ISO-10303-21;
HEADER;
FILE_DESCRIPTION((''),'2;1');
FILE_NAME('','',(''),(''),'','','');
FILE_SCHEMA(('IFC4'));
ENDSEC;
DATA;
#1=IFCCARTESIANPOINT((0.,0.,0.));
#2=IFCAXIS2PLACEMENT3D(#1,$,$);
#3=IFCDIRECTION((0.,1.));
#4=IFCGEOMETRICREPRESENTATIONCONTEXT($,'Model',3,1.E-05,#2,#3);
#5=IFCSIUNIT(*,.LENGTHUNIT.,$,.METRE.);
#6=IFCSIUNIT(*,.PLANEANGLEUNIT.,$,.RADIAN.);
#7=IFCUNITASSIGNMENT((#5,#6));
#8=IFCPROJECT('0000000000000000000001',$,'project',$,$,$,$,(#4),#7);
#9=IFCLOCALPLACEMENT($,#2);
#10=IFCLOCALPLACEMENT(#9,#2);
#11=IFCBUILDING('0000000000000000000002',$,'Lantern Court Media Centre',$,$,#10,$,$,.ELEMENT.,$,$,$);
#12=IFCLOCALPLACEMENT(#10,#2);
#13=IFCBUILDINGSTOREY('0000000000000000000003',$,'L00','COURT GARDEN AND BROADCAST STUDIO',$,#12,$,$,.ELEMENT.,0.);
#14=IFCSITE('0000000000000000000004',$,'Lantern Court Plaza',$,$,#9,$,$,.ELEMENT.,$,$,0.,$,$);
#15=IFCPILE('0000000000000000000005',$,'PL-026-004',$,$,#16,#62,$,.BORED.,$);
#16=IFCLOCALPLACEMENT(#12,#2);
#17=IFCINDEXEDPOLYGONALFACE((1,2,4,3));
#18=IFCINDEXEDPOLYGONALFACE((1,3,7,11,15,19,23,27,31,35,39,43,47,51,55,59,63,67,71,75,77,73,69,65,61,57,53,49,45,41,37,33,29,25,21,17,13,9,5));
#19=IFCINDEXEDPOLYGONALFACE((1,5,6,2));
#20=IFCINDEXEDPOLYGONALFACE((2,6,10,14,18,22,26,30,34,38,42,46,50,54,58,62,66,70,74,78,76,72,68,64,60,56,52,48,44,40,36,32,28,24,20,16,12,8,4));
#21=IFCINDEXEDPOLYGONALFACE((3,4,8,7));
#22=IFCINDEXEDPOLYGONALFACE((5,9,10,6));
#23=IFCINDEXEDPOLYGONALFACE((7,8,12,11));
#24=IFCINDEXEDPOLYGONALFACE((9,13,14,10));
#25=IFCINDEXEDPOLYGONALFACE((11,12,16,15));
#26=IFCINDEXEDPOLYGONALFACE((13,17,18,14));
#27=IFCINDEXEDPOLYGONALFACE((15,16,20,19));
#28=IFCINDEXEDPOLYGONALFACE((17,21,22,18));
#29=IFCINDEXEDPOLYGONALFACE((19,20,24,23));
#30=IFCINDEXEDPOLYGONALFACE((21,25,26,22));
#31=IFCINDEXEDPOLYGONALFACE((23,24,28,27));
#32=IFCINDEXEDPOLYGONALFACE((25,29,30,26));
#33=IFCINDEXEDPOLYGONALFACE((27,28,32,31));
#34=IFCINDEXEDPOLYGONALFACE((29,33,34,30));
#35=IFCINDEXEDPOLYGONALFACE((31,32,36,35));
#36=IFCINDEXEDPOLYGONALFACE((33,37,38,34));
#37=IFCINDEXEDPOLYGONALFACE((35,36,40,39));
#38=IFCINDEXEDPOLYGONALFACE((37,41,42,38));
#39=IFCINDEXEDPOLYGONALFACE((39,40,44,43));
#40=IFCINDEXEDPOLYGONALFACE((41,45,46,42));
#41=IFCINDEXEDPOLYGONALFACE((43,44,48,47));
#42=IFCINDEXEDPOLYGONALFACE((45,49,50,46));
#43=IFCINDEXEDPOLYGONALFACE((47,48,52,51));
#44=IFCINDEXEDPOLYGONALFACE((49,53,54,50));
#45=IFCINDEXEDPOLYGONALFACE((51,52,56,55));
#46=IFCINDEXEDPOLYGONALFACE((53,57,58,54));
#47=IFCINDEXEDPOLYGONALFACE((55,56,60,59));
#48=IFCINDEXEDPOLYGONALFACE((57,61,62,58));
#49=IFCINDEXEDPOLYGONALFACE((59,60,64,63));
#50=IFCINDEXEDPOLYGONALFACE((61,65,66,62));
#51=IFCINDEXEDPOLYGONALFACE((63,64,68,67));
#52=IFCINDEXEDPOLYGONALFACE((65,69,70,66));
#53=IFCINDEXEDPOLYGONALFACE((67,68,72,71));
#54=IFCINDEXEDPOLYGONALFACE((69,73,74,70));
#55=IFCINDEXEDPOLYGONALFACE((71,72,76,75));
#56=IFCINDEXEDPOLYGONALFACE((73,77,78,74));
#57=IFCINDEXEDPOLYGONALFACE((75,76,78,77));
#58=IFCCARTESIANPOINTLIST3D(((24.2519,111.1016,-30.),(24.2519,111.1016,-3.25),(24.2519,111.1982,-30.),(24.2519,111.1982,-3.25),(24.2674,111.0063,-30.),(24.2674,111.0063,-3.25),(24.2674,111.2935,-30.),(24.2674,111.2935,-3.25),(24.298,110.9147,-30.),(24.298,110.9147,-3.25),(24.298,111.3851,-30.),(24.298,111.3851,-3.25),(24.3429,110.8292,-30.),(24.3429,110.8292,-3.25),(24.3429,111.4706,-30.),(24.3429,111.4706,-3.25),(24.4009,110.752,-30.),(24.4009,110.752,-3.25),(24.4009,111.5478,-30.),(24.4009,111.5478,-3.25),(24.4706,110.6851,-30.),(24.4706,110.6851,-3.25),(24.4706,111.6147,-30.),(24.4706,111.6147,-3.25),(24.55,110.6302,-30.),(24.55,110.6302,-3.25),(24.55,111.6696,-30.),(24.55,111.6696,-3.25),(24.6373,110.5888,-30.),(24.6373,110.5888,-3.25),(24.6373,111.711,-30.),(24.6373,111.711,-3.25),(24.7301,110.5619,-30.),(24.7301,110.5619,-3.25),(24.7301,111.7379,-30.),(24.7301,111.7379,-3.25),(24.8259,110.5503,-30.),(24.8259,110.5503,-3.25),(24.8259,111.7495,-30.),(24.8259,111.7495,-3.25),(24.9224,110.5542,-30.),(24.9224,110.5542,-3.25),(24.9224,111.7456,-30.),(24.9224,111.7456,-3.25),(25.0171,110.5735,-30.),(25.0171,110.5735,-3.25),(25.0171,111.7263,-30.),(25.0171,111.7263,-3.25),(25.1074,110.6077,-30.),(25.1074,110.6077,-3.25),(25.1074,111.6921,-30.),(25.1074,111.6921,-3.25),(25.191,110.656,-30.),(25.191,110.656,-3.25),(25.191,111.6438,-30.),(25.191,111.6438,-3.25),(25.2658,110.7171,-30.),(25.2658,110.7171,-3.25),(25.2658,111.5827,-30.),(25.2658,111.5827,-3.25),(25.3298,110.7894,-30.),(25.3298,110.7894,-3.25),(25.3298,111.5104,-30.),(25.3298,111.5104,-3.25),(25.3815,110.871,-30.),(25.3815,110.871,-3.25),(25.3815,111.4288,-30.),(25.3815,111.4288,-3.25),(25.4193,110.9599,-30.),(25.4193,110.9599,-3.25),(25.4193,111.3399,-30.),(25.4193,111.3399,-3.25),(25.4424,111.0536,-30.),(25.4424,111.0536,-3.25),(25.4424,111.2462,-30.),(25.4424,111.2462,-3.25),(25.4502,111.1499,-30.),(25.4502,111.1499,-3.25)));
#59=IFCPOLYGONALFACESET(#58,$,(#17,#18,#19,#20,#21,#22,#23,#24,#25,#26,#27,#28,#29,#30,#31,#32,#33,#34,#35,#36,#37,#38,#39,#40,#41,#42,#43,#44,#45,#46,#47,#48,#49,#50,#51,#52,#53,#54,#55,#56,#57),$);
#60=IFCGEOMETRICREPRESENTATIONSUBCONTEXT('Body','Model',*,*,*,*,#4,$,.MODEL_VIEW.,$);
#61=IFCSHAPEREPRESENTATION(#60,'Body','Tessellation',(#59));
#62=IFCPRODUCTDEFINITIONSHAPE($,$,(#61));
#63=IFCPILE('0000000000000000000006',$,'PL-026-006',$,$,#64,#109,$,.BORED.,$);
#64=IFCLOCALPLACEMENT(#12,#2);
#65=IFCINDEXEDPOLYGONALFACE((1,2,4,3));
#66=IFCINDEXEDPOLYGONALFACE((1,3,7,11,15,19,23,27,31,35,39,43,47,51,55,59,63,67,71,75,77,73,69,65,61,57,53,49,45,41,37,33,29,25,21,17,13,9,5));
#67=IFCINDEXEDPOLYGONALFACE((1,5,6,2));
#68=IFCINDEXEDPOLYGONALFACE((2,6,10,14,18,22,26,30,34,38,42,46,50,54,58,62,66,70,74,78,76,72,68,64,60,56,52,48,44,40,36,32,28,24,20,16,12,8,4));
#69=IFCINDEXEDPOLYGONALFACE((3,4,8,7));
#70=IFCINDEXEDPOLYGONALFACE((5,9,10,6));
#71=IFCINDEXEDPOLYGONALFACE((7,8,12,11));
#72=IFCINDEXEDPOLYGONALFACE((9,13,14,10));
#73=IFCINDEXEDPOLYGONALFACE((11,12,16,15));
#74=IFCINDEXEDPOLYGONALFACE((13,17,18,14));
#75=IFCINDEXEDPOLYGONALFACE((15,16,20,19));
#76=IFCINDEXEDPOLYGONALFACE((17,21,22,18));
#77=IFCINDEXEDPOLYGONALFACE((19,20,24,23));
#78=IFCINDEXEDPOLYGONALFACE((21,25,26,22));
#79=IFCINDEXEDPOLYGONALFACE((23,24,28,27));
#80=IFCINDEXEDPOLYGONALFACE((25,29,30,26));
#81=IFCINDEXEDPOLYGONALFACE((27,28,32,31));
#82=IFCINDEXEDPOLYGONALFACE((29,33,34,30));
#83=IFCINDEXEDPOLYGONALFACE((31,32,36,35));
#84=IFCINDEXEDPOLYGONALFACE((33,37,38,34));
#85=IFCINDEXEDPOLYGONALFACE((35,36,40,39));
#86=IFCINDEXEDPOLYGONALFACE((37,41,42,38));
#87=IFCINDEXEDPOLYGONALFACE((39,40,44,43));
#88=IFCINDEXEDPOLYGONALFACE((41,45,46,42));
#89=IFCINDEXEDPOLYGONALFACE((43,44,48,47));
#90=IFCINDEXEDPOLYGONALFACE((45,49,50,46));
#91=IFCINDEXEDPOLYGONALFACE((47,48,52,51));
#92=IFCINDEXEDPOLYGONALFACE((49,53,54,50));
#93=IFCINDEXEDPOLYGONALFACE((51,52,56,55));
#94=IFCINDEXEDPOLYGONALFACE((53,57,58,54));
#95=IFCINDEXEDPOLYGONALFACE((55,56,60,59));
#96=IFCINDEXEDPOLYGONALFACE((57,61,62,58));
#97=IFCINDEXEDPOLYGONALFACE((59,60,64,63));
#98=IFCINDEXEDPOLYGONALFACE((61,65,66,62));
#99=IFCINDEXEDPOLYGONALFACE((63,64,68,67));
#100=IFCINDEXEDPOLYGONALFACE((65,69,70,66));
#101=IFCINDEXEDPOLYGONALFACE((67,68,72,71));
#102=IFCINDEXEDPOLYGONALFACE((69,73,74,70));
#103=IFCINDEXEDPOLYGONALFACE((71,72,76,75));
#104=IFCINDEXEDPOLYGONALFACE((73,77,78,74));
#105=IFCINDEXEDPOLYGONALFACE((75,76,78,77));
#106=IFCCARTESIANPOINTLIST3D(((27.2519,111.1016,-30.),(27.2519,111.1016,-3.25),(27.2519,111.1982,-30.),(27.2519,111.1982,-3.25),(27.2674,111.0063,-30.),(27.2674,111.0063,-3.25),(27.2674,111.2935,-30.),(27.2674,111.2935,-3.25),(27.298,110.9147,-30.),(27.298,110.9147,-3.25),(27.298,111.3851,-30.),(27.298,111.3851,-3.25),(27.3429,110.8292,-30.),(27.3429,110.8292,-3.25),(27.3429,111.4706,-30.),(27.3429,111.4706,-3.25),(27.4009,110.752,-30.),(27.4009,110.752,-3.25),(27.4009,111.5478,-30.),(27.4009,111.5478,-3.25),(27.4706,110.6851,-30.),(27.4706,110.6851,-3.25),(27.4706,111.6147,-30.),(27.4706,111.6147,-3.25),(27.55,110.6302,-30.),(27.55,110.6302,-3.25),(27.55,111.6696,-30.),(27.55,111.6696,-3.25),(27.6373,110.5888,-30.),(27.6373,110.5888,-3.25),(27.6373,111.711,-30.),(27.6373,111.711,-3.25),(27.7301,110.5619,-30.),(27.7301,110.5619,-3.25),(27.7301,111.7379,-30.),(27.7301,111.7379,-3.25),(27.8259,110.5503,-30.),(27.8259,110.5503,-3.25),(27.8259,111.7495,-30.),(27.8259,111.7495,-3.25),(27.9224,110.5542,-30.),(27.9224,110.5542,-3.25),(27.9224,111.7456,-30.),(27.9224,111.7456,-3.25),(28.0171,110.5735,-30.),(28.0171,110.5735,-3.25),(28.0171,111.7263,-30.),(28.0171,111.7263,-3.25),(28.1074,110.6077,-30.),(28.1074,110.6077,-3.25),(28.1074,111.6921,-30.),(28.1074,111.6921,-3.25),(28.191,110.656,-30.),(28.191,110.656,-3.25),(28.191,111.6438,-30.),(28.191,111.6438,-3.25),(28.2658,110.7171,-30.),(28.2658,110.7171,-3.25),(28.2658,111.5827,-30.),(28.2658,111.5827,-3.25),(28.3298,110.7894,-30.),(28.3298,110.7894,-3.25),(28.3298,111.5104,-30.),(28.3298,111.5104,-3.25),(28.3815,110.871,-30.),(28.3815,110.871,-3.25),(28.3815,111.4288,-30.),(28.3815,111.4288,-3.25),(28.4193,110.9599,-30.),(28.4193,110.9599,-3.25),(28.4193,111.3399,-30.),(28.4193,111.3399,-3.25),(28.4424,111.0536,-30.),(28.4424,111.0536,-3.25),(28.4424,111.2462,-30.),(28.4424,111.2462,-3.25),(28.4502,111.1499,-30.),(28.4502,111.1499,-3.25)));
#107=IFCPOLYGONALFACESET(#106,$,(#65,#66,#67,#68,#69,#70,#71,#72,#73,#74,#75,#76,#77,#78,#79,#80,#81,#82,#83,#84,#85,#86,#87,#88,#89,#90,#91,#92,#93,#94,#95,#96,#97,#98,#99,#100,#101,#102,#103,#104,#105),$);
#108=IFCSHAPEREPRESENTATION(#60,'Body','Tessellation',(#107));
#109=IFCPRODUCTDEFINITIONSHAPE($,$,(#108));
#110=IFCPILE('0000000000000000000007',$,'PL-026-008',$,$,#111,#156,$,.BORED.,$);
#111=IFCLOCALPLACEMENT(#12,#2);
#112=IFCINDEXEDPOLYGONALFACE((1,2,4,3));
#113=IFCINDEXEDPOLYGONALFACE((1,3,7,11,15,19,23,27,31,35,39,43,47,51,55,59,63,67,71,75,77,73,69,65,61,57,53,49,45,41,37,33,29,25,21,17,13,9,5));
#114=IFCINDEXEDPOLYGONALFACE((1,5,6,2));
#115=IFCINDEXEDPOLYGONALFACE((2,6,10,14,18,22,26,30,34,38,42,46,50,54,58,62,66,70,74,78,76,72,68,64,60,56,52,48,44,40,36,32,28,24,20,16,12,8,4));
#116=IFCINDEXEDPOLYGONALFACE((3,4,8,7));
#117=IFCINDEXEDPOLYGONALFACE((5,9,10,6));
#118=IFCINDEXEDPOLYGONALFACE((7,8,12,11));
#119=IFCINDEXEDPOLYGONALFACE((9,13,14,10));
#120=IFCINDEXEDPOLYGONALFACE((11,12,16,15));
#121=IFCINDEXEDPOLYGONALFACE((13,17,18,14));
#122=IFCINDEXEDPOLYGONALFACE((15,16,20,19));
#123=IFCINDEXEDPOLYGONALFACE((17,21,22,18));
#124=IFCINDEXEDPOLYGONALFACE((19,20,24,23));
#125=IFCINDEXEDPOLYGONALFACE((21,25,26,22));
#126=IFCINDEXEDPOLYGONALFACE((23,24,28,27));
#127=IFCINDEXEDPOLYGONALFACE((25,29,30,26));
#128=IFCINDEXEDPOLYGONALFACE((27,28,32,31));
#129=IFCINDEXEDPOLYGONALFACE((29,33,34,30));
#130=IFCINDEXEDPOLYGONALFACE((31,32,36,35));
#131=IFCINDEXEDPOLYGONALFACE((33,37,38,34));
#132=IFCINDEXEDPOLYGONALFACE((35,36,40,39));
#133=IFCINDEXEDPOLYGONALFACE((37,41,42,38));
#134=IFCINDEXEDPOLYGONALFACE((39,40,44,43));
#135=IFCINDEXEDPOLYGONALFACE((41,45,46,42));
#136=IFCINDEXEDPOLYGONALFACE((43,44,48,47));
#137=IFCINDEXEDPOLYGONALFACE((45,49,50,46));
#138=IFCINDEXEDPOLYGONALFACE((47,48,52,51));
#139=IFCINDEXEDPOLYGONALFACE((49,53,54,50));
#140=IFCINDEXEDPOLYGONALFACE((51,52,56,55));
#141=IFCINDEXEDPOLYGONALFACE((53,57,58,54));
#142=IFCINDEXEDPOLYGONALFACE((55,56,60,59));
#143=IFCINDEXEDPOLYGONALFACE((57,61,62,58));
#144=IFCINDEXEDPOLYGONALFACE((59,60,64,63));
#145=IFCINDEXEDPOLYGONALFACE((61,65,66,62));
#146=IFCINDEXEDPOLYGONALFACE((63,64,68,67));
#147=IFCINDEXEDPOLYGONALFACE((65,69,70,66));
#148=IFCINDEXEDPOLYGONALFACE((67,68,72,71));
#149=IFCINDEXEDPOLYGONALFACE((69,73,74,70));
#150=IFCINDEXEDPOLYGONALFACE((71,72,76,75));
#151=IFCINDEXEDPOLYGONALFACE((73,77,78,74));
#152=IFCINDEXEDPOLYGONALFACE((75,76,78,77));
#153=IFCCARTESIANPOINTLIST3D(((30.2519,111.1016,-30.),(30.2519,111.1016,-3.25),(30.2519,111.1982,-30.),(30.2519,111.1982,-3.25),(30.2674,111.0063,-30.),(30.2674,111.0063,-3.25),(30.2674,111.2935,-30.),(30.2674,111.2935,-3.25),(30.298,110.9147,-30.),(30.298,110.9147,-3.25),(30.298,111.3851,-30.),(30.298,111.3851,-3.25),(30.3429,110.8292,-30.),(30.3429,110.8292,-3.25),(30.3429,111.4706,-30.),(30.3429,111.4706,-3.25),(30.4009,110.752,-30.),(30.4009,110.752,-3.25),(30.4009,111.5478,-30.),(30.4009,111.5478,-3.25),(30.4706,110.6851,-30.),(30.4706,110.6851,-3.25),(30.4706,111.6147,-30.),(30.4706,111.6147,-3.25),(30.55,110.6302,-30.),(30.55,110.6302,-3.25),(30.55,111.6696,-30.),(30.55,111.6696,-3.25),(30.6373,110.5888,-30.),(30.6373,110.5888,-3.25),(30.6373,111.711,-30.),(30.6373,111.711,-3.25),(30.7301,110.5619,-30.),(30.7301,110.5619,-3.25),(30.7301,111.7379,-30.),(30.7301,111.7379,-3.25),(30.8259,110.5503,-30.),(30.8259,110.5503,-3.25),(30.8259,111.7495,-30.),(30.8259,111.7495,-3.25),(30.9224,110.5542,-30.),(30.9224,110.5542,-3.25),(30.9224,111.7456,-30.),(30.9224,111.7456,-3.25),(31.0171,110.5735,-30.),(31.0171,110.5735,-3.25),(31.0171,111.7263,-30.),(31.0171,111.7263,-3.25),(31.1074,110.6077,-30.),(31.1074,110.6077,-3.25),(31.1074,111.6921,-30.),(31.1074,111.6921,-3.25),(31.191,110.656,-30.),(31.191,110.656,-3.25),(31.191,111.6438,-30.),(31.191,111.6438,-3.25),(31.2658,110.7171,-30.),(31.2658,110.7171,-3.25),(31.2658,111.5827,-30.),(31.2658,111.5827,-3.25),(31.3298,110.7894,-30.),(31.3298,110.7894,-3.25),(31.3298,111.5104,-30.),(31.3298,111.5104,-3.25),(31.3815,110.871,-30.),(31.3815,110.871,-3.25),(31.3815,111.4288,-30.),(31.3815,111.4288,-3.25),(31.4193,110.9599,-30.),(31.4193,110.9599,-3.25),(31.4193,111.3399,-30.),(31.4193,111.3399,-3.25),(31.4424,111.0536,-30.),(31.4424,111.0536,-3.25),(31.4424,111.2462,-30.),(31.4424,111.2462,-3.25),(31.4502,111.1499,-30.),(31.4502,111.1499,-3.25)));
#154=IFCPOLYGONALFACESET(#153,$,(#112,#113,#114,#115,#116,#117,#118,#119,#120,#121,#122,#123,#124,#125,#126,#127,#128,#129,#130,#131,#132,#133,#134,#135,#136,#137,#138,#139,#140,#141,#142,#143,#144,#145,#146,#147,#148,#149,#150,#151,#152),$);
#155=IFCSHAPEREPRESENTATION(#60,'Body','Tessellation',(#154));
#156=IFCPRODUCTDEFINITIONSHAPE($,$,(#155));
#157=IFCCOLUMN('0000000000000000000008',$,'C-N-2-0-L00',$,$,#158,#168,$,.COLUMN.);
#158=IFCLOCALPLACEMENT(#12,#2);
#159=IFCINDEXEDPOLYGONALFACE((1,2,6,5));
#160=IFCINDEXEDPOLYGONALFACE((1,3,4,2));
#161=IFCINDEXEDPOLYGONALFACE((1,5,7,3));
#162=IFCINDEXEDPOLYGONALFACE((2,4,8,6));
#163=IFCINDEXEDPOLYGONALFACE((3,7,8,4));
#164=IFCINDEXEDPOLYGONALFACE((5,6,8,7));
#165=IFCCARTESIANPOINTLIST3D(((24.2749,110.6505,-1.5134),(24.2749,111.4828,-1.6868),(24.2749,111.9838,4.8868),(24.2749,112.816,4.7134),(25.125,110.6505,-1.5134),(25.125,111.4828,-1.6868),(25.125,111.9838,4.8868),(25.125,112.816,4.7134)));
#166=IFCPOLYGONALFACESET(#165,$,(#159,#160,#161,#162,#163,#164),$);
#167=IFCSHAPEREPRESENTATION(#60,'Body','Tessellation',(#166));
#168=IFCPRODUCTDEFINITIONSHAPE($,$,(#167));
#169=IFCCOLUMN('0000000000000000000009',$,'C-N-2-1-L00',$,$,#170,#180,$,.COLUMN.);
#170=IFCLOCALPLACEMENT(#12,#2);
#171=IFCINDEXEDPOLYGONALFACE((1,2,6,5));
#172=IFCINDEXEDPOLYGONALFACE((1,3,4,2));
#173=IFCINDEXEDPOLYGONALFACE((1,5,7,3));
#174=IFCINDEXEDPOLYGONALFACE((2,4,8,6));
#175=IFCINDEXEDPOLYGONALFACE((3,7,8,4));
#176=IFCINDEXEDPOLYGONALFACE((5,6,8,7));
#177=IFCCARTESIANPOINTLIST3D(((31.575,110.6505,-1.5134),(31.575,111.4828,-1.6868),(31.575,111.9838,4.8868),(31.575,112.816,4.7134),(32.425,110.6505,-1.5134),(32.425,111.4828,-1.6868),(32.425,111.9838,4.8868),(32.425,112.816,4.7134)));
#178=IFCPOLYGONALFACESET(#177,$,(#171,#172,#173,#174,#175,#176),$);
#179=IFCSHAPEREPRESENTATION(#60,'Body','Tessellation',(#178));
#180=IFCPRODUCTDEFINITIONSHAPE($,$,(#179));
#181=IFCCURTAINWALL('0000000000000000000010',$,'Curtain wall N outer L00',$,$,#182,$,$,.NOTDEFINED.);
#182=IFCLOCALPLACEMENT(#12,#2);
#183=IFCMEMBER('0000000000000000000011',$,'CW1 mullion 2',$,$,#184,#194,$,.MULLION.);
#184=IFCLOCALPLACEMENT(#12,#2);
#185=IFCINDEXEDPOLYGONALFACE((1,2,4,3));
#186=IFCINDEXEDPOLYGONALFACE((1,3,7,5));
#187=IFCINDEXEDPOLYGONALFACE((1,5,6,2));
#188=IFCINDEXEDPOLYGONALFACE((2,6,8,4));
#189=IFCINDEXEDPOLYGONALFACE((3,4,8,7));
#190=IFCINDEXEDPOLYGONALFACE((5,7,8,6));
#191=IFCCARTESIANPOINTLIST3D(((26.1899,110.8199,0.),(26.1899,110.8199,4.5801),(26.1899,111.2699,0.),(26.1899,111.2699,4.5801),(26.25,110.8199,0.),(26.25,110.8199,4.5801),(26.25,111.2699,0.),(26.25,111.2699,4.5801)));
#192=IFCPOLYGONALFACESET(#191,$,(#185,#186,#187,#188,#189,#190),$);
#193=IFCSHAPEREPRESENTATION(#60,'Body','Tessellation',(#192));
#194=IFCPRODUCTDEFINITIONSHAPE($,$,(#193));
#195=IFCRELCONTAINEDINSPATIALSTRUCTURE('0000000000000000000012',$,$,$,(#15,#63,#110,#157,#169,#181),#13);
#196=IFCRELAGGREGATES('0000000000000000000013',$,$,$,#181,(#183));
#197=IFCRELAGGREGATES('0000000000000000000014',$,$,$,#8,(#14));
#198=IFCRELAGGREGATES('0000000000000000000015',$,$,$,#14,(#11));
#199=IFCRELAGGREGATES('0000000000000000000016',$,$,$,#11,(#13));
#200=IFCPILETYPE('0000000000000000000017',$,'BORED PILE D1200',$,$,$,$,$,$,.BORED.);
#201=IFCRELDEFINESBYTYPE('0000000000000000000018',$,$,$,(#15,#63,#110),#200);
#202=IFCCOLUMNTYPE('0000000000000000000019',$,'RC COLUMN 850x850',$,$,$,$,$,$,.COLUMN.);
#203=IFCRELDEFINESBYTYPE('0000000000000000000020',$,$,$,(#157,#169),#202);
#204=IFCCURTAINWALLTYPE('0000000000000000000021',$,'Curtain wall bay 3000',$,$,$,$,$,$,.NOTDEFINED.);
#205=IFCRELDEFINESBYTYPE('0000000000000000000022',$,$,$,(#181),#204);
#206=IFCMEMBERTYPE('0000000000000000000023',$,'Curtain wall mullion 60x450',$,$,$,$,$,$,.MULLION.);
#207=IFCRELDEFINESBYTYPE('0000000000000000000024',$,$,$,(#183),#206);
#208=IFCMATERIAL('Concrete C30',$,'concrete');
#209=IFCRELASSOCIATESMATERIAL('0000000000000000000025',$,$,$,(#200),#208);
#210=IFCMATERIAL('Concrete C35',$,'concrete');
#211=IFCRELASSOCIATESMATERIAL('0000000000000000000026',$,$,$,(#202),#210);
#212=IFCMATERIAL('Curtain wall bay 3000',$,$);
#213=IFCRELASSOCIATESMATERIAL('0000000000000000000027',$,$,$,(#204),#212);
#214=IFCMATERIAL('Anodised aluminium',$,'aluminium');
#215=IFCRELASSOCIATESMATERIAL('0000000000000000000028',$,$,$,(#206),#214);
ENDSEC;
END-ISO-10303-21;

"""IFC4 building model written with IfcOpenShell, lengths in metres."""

from ifc_helpers import new_model, si_unit, direction, frame, origin, origin_2d, place, context, subcontext, project, spatial, rectangle, circle, extrude, material, material_profile, profile_set, type_object, element, aggregate, save


model = new_model("IFC4")

# Units and contexts
model_context = context("Model", 3, precision=1e-05, world=origin(), true_north=direction((0.0, 1.0)))
body_context = subcontext(model_context, "Body", "Model", "MODEL_VIEW")
ifc_project = project(units=[si_unit("LENGTHUNIT", "METRE"), si_unit("PLANEANGLEUNIT", "RADIAN")], contexts=[model_context])

# Site, building, storey
site_placement = place(None, origin())
site = spatial("IfcSite", under=ifc_project, at=site_placement, Name="Lantern Court Plaza", CompositionType="ELEMENT", RefElevation=0.0)
building_placement = place(site_placement, origin())
building = spatial("IfcBuilding", under=site, at=building_placement, Name="Lantern Court Media Centre", CompositionType="ELEMENT")
storey_placement = place(building_placement, origin())
storey = spatial("IfcBuildingStorey", under=building, at=storey_placement, Name="L00", Description="COURT GARDEN AND BROADCAST STUDIO", CompositionType="ELEMENT", Elevation=0.0)

# Piles
ifc_material_1 = material(Name="Concrete C30", Category="concrete")
ifc_material_profile_1 = material_profile(ifc_material_1, circle(Radius=0.6001, at=origin_2d()), Name="D1200")
ifc_profile_set_1 = profile_set([ifc_material_profile_1], Name="Concrete C30")
pile_type = type_object("IfcPileType", Name="BORED PILE D1200", PredefinedType="BORED", material=ifc_profile_set_1)
for number, where, z_axis, x_axis, name in (
    (1, (24.8501, 111.1499, -3.25), (0.0, 0.0, -1.0), (1.0, 0.0, 0.0), "PL-026-004"),
    (2, (27.8501, 111.1499, -3.25), (0.0, 0.0, -1.0), (1.0, 0.0, 0.0), "PL-026-006"),
    (3, (30.8501, 111.1499, -3.25), (0.0, 0.0, -1.0), (1.0, 0.0, 0.0), "PL-026-008"),
):
    element("IfcPile", number, at=place(storey_placement, frame(where, z_axis=z_axis, x_axis=x_axis)), inside=storey, type_object=pile_type, Name=name, PredefinedType="BORED", context=body_context, shape_type="SweptSolid", body=[
        extrude(circle(Radius=0.6001, at=origin_2d()), origin(), (0.0, 0.0, 1.0), 26.75),
    ])

# Columns
ifc_material_2 = material(Name="Concrete C35", Category="concrete")
ifc_material_profile_2 = material_profile(ifc_material_2, rectangle(XDim=0.8501, YDim=0.8501, at=origin_2d()), Name="RC 850x850")
ifc_profile_set_2 = profile_set([ifc_material_profile_2], Name="Concrete C35")
column_type = type_object("IfcColumnType", Name="RC COLUMN 850x850", PredefinedType="COLUMN", material=ifc_profile_set_2)
for number, where, z_axis, x_axis, name in (
    (4, (24.7, 111.0667, -1.6001), (0.0, 0.203938, 0.978984), (-1.0, 0.0, 0.0), "C-N-2-0-L00"),
    (5, (32.0, 111.0667, -1.6001), (0.0, 0.203938, 0.978984), (-1.0, 0.0, 0.0), "C-N-2-1-L00"),
):
    element("IfcColumn", number, at=place(storey_placement, frame(where, z_axis=z_axis, x_axis=x_axis)), inside=storey, type_object=column_type, Name=name, PredefinedType="COLUMN", context=body_context, shape_type="SweptSolid", body=[
        extrude(rectangle(XDim=0.8501, YDim=0.8501, at=origin_2d()), origin(), (0.0, 0.0, 1.0), 6.5376),
    ])

# Curtain wall, member
ifc_material_3 = material(Name="Curtain wall bay 3000")
curtain_wall_type = type_object("IfcCurtainWallType", Name="Curtain wall bay 3000", PredefinedType="NOTDEFINED", material=ifc_material_3)
curtain_wall_placement = place(storey_placement, origin())
curtain_wall = element("IfcCurtainWall", 6, at=curtain_wall_placement, inside=storey, type_object=curtain_wall_type, Name="Curtain wall N outer L00", PredefinedType="NOTDEFINED")
ifc_material_4 = material(Name="Anodised aluminium", Category="aluminium")
ifc_material_profile_3 = material_profile(ifc_material_4, rectangle(XDim=0.45, YDim=0.0601, at=origin_2d()), Name="AL 60x450")
ifc_profile_set_3 = profile_set([ifc_material_profile_3], Name="Anodised aluminium")
member_type_1 = type_object("IfcMemberType", Name="Curtain wall mullion 60x450", PredefinedType="MULLION", material=ifc_profile_set_3)
member_1_placement = place(storey_placement, frame((26.22, 111.0449, 0.0), z_axis=(0.0, 0.0, 1.0), x_axis=(0.0, 1.0, 0.0)))
member_1 = element("IfcMember", 7, at=member_1_placement, type_object=member_type_1, Name="CW1 mullion 2", PredefinedType="MULLION", context=body_context, shape_type="SweptSolid", body=[
    extrude(rectangle(XDim=0.45, YDim=0.0601, at=origin_2d()), origin(), (0.0, 0.0, 1.0), 4.5801),
])

aggregate(curtain_wall, [member_1])

save(model, "model.ifc")
